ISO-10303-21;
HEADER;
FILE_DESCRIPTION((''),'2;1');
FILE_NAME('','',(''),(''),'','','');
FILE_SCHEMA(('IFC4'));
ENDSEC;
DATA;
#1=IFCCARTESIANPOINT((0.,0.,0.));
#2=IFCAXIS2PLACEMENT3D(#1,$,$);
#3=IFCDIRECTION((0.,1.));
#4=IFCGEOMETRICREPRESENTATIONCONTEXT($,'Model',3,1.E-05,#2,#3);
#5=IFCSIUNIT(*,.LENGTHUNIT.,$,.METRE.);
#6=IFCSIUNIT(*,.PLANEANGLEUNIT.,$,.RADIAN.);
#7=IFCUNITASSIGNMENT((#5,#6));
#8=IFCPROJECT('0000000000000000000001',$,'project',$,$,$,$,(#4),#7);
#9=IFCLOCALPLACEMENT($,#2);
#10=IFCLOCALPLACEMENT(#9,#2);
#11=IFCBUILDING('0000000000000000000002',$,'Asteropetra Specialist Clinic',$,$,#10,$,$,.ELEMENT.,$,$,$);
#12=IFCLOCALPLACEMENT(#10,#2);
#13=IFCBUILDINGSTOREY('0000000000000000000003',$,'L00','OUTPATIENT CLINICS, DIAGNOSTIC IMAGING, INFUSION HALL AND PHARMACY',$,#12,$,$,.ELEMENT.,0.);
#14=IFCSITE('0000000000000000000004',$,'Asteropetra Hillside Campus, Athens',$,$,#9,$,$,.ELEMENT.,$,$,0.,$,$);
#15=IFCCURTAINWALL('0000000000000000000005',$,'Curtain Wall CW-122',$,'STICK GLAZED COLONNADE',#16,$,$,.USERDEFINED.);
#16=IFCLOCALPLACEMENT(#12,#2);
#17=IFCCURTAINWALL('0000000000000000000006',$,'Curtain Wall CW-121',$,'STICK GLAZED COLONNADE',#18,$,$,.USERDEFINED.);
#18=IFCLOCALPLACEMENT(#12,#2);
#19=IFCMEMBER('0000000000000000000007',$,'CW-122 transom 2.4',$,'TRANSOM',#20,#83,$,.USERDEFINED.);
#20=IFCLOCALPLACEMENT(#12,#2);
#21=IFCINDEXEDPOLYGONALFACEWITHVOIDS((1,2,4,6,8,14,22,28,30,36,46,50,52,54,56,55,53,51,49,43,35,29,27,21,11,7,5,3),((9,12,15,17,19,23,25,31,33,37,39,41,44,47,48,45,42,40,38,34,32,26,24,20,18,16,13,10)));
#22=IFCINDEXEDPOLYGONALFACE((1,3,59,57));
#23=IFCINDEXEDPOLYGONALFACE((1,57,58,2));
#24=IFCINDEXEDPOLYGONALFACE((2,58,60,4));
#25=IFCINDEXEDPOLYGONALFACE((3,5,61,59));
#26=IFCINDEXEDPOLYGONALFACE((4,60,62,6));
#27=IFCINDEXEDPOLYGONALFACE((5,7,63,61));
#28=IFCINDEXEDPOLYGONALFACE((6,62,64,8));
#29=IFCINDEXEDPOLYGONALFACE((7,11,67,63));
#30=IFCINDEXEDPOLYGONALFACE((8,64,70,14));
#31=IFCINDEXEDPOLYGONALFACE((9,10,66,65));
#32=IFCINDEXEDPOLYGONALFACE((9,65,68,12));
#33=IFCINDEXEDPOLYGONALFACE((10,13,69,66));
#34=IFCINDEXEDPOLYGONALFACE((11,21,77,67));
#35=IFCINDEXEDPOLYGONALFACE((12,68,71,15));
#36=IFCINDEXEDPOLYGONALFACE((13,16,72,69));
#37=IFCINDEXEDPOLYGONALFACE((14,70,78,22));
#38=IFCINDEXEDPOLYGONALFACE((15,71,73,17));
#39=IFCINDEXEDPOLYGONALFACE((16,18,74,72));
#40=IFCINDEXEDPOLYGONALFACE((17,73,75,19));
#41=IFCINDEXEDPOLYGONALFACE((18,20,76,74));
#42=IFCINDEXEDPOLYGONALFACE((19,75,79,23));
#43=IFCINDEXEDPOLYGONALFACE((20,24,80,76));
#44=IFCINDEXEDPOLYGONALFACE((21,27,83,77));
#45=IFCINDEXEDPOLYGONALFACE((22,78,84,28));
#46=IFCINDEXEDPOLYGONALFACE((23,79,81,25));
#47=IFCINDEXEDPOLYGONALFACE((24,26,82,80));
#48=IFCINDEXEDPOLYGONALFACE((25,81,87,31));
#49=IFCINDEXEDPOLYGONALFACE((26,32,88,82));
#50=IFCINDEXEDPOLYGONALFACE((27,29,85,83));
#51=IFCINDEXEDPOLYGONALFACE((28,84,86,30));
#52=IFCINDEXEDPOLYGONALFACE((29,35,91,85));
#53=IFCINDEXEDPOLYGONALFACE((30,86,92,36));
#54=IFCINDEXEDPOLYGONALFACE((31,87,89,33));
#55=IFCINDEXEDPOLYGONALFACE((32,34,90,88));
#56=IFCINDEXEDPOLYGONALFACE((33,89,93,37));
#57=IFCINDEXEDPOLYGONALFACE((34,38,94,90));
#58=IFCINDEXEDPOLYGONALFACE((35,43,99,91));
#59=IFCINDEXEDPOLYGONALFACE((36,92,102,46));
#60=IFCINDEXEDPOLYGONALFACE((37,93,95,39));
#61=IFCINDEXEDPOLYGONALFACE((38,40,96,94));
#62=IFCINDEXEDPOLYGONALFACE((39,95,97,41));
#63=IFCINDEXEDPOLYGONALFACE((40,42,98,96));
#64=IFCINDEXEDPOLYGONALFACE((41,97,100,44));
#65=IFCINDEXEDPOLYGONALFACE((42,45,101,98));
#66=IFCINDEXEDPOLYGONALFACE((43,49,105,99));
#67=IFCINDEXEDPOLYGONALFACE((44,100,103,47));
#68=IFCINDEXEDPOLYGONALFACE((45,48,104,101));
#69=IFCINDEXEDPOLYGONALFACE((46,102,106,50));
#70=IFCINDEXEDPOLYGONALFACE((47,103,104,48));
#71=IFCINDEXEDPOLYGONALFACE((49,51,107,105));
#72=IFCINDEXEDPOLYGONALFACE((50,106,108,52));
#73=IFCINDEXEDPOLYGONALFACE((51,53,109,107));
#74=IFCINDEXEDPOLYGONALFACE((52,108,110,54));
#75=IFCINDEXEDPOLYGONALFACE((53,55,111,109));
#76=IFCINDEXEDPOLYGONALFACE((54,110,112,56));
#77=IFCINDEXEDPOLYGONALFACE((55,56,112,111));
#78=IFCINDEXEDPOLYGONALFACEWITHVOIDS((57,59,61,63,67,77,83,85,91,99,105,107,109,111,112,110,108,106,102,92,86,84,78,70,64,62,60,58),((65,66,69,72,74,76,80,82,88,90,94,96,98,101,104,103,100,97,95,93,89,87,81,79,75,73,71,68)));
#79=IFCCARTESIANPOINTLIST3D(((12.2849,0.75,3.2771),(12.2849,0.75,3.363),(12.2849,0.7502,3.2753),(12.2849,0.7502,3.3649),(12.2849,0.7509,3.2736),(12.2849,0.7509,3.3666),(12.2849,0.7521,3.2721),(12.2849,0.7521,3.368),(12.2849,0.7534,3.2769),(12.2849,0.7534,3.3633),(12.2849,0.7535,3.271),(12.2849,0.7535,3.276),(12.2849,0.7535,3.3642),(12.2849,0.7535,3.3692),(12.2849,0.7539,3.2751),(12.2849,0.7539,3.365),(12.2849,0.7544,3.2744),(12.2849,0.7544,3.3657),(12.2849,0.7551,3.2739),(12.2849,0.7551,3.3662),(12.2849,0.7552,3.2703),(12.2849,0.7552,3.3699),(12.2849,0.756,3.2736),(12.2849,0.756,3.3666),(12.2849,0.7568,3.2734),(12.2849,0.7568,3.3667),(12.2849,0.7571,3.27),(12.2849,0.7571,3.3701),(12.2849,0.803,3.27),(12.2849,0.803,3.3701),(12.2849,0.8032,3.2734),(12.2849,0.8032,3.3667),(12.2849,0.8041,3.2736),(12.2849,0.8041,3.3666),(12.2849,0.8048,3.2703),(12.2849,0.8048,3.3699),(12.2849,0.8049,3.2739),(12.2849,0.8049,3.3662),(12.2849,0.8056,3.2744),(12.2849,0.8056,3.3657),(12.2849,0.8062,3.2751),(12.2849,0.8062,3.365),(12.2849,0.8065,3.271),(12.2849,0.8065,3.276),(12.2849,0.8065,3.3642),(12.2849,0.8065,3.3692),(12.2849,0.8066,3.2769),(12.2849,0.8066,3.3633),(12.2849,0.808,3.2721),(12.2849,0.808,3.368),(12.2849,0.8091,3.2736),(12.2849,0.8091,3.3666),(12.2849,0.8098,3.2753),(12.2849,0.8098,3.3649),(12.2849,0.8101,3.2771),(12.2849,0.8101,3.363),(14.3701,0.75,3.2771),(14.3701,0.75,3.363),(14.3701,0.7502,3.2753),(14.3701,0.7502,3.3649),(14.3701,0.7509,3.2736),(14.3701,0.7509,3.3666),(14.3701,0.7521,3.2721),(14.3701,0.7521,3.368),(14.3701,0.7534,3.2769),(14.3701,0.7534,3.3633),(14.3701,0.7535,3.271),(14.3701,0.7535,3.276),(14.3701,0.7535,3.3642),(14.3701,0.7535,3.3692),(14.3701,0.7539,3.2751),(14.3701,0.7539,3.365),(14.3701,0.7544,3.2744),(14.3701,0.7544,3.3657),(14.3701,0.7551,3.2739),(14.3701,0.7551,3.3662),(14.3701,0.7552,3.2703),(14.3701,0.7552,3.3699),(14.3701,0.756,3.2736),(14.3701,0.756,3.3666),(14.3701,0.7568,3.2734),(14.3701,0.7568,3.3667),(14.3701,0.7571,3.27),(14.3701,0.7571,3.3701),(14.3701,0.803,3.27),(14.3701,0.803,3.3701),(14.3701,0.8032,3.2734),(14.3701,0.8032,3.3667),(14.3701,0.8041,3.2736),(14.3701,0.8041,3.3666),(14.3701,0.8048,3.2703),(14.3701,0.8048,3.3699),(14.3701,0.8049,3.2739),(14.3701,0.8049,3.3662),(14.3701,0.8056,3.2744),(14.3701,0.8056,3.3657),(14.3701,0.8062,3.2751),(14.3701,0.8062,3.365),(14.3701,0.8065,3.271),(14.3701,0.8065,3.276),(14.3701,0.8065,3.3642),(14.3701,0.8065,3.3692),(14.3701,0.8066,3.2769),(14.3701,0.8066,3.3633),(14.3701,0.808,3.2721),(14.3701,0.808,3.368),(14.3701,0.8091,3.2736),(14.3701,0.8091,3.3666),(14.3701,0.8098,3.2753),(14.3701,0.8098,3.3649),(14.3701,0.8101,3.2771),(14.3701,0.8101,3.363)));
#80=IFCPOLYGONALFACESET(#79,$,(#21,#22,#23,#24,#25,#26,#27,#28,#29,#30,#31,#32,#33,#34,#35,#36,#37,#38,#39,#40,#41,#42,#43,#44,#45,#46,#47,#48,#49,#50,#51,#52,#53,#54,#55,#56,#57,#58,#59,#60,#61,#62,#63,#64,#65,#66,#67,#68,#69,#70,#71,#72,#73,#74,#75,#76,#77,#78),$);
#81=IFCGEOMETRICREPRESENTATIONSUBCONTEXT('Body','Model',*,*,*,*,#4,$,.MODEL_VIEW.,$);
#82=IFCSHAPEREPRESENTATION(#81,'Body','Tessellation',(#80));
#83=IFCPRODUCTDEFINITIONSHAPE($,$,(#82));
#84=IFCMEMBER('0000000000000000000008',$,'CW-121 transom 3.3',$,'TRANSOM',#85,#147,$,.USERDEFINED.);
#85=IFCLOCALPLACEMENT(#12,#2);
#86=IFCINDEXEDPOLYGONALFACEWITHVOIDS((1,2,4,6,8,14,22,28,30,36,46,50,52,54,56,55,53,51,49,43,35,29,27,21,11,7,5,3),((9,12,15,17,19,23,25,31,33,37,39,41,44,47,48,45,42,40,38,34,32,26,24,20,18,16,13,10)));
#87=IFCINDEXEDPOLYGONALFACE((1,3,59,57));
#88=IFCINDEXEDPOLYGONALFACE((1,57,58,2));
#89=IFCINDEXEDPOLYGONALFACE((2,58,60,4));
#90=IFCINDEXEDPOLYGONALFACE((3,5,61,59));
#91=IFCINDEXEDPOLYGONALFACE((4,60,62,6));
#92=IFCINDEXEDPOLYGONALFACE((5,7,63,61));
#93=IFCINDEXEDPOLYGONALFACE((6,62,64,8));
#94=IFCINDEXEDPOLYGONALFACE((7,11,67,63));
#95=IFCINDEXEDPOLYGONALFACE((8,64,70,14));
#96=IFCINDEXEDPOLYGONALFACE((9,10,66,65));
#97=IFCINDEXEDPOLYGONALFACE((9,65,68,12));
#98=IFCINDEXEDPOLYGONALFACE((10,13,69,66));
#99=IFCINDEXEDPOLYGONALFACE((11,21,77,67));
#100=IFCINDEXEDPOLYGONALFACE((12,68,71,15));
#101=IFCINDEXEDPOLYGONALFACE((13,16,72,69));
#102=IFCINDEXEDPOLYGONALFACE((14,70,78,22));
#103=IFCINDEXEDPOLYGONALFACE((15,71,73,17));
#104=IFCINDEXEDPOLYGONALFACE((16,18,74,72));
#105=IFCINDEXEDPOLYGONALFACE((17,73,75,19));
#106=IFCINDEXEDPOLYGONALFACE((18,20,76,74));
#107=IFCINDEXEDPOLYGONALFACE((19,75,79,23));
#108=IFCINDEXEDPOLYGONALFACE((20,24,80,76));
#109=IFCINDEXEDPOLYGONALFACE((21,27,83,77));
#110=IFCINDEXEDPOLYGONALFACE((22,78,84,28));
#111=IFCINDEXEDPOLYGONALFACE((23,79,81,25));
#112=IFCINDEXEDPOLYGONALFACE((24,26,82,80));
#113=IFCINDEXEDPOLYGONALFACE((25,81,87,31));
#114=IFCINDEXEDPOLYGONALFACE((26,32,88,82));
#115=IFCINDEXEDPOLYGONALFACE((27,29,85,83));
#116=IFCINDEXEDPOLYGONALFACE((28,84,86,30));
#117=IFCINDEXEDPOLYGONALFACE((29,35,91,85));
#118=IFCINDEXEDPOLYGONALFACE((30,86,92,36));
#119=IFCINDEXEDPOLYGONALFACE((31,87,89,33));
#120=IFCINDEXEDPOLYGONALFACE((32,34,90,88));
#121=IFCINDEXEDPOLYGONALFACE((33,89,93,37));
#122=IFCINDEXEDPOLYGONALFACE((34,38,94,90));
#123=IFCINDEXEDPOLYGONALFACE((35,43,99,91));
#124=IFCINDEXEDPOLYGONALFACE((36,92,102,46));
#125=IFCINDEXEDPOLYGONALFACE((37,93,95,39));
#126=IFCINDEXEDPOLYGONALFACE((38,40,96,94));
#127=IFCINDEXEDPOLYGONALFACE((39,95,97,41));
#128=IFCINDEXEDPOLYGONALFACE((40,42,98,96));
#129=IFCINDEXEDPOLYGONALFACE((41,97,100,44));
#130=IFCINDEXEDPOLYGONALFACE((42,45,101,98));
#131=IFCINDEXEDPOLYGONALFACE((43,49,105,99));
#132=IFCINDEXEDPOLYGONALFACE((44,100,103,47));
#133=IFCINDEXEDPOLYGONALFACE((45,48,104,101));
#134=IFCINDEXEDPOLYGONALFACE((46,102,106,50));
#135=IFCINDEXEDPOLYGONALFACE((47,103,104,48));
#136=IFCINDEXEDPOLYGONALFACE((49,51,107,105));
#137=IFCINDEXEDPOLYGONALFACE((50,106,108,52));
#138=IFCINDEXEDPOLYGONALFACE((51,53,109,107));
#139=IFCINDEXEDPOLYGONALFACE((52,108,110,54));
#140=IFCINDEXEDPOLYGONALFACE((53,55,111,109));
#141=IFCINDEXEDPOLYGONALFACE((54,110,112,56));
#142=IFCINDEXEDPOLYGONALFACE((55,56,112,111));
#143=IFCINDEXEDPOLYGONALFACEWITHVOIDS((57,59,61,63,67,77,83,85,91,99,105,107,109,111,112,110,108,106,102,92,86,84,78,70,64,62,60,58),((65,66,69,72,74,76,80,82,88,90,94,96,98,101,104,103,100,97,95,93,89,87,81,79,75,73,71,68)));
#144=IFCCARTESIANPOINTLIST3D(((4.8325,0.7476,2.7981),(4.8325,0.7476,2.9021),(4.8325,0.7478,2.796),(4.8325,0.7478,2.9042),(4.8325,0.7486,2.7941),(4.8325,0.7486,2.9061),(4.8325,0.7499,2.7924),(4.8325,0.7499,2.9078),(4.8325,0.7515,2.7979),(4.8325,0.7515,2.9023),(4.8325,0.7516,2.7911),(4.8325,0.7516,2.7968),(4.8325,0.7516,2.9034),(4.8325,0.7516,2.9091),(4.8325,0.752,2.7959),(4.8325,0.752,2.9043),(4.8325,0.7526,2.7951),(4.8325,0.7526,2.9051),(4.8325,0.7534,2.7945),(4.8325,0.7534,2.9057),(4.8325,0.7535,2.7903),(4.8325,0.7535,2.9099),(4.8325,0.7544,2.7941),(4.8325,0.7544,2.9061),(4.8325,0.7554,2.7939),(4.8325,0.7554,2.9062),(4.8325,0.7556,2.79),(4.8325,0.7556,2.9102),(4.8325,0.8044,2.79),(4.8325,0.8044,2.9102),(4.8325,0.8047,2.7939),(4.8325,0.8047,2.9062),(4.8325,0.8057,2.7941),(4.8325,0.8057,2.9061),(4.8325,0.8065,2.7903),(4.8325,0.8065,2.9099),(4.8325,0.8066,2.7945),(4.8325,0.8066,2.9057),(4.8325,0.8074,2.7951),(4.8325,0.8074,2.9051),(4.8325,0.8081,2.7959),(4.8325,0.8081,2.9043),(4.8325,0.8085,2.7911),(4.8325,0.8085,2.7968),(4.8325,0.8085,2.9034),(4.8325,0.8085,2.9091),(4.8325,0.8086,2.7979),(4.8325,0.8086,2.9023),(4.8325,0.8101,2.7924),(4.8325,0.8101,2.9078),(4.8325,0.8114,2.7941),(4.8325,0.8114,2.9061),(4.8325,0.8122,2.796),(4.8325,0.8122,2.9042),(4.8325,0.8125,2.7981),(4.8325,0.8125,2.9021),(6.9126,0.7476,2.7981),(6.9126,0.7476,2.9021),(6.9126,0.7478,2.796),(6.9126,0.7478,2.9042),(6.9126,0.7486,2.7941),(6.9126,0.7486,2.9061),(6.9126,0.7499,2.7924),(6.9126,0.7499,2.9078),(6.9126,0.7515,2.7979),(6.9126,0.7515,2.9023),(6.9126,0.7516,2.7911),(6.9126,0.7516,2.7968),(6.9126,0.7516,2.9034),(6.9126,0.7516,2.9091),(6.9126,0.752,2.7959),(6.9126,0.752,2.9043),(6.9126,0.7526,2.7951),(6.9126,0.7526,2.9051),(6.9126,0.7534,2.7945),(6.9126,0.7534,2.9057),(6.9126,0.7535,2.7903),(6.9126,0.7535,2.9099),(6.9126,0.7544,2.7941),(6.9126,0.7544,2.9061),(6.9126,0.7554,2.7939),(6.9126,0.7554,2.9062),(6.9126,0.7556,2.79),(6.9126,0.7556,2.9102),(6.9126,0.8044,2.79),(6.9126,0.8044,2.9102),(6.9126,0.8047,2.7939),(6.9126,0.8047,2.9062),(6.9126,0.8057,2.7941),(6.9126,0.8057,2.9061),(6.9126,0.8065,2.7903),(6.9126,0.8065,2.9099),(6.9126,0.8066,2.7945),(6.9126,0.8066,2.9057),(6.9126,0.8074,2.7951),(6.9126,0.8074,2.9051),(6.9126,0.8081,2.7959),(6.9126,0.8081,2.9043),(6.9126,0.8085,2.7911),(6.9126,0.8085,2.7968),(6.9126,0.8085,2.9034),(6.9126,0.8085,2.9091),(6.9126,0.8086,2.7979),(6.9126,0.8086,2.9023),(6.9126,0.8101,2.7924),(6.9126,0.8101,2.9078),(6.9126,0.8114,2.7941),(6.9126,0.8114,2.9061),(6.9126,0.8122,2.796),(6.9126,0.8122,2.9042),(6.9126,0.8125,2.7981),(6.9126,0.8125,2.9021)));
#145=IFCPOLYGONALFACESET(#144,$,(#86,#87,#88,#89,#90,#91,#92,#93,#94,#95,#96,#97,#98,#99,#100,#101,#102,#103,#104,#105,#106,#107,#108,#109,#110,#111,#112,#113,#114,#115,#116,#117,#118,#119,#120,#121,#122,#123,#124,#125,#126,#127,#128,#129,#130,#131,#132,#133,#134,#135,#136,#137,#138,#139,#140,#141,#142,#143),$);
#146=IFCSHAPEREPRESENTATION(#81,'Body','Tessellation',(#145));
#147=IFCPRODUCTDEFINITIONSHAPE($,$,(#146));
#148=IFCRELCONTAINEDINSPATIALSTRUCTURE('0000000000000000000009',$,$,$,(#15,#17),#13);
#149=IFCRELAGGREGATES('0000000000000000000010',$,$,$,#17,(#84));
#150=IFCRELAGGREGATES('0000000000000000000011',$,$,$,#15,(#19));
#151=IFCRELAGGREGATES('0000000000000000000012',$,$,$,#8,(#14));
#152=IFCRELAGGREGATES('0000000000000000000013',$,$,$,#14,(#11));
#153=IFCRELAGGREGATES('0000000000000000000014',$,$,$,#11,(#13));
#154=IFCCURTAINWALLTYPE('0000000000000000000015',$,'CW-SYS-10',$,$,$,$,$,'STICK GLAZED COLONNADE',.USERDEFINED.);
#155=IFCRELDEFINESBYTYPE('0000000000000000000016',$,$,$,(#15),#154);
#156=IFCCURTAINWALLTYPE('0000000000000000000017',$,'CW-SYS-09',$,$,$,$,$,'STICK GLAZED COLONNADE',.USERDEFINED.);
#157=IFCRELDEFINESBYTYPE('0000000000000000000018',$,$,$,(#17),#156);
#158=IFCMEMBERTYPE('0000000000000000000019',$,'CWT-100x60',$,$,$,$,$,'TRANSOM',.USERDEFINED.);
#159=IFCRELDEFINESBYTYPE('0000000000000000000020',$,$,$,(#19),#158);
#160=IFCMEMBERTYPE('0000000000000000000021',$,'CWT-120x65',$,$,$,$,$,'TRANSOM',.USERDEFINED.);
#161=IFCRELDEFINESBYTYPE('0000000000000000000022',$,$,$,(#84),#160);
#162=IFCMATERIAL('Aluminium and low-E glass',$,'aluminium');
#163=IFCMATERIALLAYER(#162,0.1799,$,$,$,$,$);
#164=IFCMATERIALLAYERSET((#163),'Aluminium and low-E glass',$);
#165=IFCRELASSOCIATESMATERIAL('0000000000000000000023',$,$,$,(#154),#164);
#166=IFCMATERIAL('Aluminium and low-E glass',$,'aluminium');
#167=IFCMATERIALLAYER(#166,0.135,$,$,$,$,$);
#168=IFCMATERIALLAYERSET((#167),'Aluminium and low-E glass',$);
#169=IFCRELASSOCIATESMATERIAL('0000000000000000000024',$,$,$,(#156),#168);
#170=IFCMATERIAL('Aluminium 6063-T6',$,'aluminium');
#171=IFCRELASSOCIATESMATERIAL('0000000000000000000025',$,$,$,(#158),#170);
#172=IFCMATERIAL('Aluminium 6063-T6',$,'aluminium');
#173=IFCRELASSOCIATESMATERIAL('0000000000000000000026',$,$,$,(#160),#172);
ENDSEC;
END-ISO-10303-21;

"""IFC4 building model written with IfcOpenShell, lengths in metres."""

from ifc_helpers import new_model, si_unit, direction, frame, origin, origin_2d, place, context, subcontext, project, spatial, hollow_rectangle, extrude, material, layer, layer_set, material_profile, profile_set, type_object, element, aggregate, save


model = new_model("IFC4")

# Units and contexts
model_context = context("Model", 3, precision=1e-05, world=origin(), true_north=direction((0.0, 1.0)))
body_context = subcontext(model_context, "Body", "Model", "MODEL_VIEW")
ifc_project = project(units=[si_unit("LENGTHUNIT", "METRE"), si_unit("PLANEANGLEUNIT", "RADIAN")], contexts=[model_context])

# Site, building, storey
site_placement = place(None, origin())
site = spatial("IfcSite", under=ifc_project, at=site_placement, Name="Asteropetra Hillside Campus, Athens", CompositionType="ELEMENT", RefElevation=0.0)
building_placement = place(site_placement, origin())
building = spatial("IfcBuilding", under=site, at=building_placement, Name="Asteropetra Specialist Clinic", CompositionType="ELEMENT")
storey_placement = place(building_placement, origin())
storey = spatial("IfcBuildingStorey", under=building, at=storey_placement, Name="L00", Description="OUTPATIENT CLINICS, DIAGNOSTIC IMAGING, INFUSION HALL AND PHARMACY", CompositionType="ELEMENT", Elevation=0.0)

# Curtain walls
ifc_material_1 = material(Name="Aluminium and low-E glass", Category="aluminium")
ifc_layer_1 = layer(ifc_material_1, 0.1799)
ifc_layer_set_1 = layer_set([ifc_layer_1], Name="Aluminium and low-E glass")
curtain_wall_type_1 = type_object("IfcCurtainWallType", Name="CW-SYS-10", ElementType="STICK GLAZED COLONNADE", PredefinedType="USERDEFINED", material=ifc_layer_set_1)
curtain_wall_1_placement = place(storey_placement, origin())
curtain_wall_1 = element("IfcCurtainWall", 1, at=curtain_wall_1_placement, inside=storey, type_object=curtain_wall_type_1, Name="Curtain Wall CW-122", ObjectType="STICK GLAZED COLONNADE", PredefinedType="USERDEFINED")
ifc_material_2 = material(Name="Aluminium and low-E glass", Category="aluminium")
ifc_layer_2 = layer(ifc_material_2, 0.135)
ifc_layer_set_2 = layer_set([ifc_layer_2], Name="Aluminium and low-E glass")
curtain_wall_type_2 = type_object("IfcCurtainWallType", Name="CW-SYS-09", ElementType="STICK GLAZED COLONNADE", PredefinedType="USERDEFINED", material=ifc_layer_set_2)
curtain_wall_2_placement = place(storey_placement, origin())
curtain_wall_2 = element("IfcCurtainWall", 2, at=curtain_wall_2_placement, inside=storey, type_object=curtain_wall_type_2, Name="Curtain Wall CW-121", ObjectType="STICK GLAZED COLONNADE", PredefinedType="USERDEFINED")

# Members
ifc_material_3 = material(Name="Aluminium 6063-T6", Category="aluminium")
ifc_material_profile_1 = material_profile(ifc_material_3, hollow_rectangle(XDim=0.0601, YDim=0.1001, WallThickness=0.0034, InnerFilletRadius=0.0034, OuterFilletRadius=0.0071, at=origin_2d()), Name="TRN 100x60x3.5")
ifc_profile_set_1 = profile_set([ifc_material_profile_1], Name="Aluminium 6063-T6")
member_type_1 = type_object("IfcMemberType", Name="CWT-100x60", ElementType="TRANSOM", PredefinedType="USERDEFINED", material=ifc_profile_set_1)
member_1_placement = place(storey_placement, frame((12.2849, 0.78, 3.3201), z_axis=(1.0, 0.0, 0.0), x_axis=(0.0, 1.0, 0.0)))
member_1 = element("IfcMember", 3, at=member_1_placement, type_object=member_type_1, Name="CW-122 transom 2.4", ObjectType="TRANSOM", PredefinedType="USERDEFINED", context=body_context, shape_type="SweptSolid", body=[
    extrude(hollow_rectangle(XDim=0.0601, YDim=0.1001, WallThickness=0.0034, InnerFilletRadius=0.0034, OuterFilletRadius=0.0071, at=origin_2d()), origin(), (0.0, 0.0, 1.0), 2.0852),
])
ifc_material_4 = material(Name="Aluminium 6063-T6", Category="aluminium")
ifc_material_profile_2 = material_profile(ifc_material_4, hollow_rectangle(XDim=0.0649, YDim=0.1201, WallThickness=0.0039, InnerFilletRadius=0.0039, OuterFilletRadius=0.0081, at=origin_2d()), Name="TRN 120x65x4.0")
ifc_profile_set_2 = profile_set([ifc_material_profile_2], Name="Aluminium 6063-T6")
member_type_2 = type_object("IfcMemberType", Name="CWT-120x65", ElementType="TRANSOM", PredefinedType="USERDEFINED", material=ifc_profile_set_2)
member_2_placement = place(storey_placement, frame((4.8325, 0.78, 2.8501), z_axis=(1.0, 0.0, 0.0), x_axis=(0.0, 1.0, 0.0)))
member_2 = element("IfcMember", 4, at=member_2_placement, type_object=member_type_2, Name="CW-121 transom 3.3", ObjectType="TRANSOM", PredefinedType="USERDEFINED", context=body_context, shape_type="SweptSolid", body=[
    extrude(hollow_rectangle(XDim=0.0649, YDim=0.1201, WallThickness=0.0039, InnerFilletRadius=0.0039, OuterFilletRadius=0.0081, at=origin_2d()), origin(), (0.0, 0.0, 1.0), 2.0801),
])

aggregate(curtain_wall_2, [member_2])
aggregate(curtain_wall_1, [member_1])

save(model, "model.ifc")
